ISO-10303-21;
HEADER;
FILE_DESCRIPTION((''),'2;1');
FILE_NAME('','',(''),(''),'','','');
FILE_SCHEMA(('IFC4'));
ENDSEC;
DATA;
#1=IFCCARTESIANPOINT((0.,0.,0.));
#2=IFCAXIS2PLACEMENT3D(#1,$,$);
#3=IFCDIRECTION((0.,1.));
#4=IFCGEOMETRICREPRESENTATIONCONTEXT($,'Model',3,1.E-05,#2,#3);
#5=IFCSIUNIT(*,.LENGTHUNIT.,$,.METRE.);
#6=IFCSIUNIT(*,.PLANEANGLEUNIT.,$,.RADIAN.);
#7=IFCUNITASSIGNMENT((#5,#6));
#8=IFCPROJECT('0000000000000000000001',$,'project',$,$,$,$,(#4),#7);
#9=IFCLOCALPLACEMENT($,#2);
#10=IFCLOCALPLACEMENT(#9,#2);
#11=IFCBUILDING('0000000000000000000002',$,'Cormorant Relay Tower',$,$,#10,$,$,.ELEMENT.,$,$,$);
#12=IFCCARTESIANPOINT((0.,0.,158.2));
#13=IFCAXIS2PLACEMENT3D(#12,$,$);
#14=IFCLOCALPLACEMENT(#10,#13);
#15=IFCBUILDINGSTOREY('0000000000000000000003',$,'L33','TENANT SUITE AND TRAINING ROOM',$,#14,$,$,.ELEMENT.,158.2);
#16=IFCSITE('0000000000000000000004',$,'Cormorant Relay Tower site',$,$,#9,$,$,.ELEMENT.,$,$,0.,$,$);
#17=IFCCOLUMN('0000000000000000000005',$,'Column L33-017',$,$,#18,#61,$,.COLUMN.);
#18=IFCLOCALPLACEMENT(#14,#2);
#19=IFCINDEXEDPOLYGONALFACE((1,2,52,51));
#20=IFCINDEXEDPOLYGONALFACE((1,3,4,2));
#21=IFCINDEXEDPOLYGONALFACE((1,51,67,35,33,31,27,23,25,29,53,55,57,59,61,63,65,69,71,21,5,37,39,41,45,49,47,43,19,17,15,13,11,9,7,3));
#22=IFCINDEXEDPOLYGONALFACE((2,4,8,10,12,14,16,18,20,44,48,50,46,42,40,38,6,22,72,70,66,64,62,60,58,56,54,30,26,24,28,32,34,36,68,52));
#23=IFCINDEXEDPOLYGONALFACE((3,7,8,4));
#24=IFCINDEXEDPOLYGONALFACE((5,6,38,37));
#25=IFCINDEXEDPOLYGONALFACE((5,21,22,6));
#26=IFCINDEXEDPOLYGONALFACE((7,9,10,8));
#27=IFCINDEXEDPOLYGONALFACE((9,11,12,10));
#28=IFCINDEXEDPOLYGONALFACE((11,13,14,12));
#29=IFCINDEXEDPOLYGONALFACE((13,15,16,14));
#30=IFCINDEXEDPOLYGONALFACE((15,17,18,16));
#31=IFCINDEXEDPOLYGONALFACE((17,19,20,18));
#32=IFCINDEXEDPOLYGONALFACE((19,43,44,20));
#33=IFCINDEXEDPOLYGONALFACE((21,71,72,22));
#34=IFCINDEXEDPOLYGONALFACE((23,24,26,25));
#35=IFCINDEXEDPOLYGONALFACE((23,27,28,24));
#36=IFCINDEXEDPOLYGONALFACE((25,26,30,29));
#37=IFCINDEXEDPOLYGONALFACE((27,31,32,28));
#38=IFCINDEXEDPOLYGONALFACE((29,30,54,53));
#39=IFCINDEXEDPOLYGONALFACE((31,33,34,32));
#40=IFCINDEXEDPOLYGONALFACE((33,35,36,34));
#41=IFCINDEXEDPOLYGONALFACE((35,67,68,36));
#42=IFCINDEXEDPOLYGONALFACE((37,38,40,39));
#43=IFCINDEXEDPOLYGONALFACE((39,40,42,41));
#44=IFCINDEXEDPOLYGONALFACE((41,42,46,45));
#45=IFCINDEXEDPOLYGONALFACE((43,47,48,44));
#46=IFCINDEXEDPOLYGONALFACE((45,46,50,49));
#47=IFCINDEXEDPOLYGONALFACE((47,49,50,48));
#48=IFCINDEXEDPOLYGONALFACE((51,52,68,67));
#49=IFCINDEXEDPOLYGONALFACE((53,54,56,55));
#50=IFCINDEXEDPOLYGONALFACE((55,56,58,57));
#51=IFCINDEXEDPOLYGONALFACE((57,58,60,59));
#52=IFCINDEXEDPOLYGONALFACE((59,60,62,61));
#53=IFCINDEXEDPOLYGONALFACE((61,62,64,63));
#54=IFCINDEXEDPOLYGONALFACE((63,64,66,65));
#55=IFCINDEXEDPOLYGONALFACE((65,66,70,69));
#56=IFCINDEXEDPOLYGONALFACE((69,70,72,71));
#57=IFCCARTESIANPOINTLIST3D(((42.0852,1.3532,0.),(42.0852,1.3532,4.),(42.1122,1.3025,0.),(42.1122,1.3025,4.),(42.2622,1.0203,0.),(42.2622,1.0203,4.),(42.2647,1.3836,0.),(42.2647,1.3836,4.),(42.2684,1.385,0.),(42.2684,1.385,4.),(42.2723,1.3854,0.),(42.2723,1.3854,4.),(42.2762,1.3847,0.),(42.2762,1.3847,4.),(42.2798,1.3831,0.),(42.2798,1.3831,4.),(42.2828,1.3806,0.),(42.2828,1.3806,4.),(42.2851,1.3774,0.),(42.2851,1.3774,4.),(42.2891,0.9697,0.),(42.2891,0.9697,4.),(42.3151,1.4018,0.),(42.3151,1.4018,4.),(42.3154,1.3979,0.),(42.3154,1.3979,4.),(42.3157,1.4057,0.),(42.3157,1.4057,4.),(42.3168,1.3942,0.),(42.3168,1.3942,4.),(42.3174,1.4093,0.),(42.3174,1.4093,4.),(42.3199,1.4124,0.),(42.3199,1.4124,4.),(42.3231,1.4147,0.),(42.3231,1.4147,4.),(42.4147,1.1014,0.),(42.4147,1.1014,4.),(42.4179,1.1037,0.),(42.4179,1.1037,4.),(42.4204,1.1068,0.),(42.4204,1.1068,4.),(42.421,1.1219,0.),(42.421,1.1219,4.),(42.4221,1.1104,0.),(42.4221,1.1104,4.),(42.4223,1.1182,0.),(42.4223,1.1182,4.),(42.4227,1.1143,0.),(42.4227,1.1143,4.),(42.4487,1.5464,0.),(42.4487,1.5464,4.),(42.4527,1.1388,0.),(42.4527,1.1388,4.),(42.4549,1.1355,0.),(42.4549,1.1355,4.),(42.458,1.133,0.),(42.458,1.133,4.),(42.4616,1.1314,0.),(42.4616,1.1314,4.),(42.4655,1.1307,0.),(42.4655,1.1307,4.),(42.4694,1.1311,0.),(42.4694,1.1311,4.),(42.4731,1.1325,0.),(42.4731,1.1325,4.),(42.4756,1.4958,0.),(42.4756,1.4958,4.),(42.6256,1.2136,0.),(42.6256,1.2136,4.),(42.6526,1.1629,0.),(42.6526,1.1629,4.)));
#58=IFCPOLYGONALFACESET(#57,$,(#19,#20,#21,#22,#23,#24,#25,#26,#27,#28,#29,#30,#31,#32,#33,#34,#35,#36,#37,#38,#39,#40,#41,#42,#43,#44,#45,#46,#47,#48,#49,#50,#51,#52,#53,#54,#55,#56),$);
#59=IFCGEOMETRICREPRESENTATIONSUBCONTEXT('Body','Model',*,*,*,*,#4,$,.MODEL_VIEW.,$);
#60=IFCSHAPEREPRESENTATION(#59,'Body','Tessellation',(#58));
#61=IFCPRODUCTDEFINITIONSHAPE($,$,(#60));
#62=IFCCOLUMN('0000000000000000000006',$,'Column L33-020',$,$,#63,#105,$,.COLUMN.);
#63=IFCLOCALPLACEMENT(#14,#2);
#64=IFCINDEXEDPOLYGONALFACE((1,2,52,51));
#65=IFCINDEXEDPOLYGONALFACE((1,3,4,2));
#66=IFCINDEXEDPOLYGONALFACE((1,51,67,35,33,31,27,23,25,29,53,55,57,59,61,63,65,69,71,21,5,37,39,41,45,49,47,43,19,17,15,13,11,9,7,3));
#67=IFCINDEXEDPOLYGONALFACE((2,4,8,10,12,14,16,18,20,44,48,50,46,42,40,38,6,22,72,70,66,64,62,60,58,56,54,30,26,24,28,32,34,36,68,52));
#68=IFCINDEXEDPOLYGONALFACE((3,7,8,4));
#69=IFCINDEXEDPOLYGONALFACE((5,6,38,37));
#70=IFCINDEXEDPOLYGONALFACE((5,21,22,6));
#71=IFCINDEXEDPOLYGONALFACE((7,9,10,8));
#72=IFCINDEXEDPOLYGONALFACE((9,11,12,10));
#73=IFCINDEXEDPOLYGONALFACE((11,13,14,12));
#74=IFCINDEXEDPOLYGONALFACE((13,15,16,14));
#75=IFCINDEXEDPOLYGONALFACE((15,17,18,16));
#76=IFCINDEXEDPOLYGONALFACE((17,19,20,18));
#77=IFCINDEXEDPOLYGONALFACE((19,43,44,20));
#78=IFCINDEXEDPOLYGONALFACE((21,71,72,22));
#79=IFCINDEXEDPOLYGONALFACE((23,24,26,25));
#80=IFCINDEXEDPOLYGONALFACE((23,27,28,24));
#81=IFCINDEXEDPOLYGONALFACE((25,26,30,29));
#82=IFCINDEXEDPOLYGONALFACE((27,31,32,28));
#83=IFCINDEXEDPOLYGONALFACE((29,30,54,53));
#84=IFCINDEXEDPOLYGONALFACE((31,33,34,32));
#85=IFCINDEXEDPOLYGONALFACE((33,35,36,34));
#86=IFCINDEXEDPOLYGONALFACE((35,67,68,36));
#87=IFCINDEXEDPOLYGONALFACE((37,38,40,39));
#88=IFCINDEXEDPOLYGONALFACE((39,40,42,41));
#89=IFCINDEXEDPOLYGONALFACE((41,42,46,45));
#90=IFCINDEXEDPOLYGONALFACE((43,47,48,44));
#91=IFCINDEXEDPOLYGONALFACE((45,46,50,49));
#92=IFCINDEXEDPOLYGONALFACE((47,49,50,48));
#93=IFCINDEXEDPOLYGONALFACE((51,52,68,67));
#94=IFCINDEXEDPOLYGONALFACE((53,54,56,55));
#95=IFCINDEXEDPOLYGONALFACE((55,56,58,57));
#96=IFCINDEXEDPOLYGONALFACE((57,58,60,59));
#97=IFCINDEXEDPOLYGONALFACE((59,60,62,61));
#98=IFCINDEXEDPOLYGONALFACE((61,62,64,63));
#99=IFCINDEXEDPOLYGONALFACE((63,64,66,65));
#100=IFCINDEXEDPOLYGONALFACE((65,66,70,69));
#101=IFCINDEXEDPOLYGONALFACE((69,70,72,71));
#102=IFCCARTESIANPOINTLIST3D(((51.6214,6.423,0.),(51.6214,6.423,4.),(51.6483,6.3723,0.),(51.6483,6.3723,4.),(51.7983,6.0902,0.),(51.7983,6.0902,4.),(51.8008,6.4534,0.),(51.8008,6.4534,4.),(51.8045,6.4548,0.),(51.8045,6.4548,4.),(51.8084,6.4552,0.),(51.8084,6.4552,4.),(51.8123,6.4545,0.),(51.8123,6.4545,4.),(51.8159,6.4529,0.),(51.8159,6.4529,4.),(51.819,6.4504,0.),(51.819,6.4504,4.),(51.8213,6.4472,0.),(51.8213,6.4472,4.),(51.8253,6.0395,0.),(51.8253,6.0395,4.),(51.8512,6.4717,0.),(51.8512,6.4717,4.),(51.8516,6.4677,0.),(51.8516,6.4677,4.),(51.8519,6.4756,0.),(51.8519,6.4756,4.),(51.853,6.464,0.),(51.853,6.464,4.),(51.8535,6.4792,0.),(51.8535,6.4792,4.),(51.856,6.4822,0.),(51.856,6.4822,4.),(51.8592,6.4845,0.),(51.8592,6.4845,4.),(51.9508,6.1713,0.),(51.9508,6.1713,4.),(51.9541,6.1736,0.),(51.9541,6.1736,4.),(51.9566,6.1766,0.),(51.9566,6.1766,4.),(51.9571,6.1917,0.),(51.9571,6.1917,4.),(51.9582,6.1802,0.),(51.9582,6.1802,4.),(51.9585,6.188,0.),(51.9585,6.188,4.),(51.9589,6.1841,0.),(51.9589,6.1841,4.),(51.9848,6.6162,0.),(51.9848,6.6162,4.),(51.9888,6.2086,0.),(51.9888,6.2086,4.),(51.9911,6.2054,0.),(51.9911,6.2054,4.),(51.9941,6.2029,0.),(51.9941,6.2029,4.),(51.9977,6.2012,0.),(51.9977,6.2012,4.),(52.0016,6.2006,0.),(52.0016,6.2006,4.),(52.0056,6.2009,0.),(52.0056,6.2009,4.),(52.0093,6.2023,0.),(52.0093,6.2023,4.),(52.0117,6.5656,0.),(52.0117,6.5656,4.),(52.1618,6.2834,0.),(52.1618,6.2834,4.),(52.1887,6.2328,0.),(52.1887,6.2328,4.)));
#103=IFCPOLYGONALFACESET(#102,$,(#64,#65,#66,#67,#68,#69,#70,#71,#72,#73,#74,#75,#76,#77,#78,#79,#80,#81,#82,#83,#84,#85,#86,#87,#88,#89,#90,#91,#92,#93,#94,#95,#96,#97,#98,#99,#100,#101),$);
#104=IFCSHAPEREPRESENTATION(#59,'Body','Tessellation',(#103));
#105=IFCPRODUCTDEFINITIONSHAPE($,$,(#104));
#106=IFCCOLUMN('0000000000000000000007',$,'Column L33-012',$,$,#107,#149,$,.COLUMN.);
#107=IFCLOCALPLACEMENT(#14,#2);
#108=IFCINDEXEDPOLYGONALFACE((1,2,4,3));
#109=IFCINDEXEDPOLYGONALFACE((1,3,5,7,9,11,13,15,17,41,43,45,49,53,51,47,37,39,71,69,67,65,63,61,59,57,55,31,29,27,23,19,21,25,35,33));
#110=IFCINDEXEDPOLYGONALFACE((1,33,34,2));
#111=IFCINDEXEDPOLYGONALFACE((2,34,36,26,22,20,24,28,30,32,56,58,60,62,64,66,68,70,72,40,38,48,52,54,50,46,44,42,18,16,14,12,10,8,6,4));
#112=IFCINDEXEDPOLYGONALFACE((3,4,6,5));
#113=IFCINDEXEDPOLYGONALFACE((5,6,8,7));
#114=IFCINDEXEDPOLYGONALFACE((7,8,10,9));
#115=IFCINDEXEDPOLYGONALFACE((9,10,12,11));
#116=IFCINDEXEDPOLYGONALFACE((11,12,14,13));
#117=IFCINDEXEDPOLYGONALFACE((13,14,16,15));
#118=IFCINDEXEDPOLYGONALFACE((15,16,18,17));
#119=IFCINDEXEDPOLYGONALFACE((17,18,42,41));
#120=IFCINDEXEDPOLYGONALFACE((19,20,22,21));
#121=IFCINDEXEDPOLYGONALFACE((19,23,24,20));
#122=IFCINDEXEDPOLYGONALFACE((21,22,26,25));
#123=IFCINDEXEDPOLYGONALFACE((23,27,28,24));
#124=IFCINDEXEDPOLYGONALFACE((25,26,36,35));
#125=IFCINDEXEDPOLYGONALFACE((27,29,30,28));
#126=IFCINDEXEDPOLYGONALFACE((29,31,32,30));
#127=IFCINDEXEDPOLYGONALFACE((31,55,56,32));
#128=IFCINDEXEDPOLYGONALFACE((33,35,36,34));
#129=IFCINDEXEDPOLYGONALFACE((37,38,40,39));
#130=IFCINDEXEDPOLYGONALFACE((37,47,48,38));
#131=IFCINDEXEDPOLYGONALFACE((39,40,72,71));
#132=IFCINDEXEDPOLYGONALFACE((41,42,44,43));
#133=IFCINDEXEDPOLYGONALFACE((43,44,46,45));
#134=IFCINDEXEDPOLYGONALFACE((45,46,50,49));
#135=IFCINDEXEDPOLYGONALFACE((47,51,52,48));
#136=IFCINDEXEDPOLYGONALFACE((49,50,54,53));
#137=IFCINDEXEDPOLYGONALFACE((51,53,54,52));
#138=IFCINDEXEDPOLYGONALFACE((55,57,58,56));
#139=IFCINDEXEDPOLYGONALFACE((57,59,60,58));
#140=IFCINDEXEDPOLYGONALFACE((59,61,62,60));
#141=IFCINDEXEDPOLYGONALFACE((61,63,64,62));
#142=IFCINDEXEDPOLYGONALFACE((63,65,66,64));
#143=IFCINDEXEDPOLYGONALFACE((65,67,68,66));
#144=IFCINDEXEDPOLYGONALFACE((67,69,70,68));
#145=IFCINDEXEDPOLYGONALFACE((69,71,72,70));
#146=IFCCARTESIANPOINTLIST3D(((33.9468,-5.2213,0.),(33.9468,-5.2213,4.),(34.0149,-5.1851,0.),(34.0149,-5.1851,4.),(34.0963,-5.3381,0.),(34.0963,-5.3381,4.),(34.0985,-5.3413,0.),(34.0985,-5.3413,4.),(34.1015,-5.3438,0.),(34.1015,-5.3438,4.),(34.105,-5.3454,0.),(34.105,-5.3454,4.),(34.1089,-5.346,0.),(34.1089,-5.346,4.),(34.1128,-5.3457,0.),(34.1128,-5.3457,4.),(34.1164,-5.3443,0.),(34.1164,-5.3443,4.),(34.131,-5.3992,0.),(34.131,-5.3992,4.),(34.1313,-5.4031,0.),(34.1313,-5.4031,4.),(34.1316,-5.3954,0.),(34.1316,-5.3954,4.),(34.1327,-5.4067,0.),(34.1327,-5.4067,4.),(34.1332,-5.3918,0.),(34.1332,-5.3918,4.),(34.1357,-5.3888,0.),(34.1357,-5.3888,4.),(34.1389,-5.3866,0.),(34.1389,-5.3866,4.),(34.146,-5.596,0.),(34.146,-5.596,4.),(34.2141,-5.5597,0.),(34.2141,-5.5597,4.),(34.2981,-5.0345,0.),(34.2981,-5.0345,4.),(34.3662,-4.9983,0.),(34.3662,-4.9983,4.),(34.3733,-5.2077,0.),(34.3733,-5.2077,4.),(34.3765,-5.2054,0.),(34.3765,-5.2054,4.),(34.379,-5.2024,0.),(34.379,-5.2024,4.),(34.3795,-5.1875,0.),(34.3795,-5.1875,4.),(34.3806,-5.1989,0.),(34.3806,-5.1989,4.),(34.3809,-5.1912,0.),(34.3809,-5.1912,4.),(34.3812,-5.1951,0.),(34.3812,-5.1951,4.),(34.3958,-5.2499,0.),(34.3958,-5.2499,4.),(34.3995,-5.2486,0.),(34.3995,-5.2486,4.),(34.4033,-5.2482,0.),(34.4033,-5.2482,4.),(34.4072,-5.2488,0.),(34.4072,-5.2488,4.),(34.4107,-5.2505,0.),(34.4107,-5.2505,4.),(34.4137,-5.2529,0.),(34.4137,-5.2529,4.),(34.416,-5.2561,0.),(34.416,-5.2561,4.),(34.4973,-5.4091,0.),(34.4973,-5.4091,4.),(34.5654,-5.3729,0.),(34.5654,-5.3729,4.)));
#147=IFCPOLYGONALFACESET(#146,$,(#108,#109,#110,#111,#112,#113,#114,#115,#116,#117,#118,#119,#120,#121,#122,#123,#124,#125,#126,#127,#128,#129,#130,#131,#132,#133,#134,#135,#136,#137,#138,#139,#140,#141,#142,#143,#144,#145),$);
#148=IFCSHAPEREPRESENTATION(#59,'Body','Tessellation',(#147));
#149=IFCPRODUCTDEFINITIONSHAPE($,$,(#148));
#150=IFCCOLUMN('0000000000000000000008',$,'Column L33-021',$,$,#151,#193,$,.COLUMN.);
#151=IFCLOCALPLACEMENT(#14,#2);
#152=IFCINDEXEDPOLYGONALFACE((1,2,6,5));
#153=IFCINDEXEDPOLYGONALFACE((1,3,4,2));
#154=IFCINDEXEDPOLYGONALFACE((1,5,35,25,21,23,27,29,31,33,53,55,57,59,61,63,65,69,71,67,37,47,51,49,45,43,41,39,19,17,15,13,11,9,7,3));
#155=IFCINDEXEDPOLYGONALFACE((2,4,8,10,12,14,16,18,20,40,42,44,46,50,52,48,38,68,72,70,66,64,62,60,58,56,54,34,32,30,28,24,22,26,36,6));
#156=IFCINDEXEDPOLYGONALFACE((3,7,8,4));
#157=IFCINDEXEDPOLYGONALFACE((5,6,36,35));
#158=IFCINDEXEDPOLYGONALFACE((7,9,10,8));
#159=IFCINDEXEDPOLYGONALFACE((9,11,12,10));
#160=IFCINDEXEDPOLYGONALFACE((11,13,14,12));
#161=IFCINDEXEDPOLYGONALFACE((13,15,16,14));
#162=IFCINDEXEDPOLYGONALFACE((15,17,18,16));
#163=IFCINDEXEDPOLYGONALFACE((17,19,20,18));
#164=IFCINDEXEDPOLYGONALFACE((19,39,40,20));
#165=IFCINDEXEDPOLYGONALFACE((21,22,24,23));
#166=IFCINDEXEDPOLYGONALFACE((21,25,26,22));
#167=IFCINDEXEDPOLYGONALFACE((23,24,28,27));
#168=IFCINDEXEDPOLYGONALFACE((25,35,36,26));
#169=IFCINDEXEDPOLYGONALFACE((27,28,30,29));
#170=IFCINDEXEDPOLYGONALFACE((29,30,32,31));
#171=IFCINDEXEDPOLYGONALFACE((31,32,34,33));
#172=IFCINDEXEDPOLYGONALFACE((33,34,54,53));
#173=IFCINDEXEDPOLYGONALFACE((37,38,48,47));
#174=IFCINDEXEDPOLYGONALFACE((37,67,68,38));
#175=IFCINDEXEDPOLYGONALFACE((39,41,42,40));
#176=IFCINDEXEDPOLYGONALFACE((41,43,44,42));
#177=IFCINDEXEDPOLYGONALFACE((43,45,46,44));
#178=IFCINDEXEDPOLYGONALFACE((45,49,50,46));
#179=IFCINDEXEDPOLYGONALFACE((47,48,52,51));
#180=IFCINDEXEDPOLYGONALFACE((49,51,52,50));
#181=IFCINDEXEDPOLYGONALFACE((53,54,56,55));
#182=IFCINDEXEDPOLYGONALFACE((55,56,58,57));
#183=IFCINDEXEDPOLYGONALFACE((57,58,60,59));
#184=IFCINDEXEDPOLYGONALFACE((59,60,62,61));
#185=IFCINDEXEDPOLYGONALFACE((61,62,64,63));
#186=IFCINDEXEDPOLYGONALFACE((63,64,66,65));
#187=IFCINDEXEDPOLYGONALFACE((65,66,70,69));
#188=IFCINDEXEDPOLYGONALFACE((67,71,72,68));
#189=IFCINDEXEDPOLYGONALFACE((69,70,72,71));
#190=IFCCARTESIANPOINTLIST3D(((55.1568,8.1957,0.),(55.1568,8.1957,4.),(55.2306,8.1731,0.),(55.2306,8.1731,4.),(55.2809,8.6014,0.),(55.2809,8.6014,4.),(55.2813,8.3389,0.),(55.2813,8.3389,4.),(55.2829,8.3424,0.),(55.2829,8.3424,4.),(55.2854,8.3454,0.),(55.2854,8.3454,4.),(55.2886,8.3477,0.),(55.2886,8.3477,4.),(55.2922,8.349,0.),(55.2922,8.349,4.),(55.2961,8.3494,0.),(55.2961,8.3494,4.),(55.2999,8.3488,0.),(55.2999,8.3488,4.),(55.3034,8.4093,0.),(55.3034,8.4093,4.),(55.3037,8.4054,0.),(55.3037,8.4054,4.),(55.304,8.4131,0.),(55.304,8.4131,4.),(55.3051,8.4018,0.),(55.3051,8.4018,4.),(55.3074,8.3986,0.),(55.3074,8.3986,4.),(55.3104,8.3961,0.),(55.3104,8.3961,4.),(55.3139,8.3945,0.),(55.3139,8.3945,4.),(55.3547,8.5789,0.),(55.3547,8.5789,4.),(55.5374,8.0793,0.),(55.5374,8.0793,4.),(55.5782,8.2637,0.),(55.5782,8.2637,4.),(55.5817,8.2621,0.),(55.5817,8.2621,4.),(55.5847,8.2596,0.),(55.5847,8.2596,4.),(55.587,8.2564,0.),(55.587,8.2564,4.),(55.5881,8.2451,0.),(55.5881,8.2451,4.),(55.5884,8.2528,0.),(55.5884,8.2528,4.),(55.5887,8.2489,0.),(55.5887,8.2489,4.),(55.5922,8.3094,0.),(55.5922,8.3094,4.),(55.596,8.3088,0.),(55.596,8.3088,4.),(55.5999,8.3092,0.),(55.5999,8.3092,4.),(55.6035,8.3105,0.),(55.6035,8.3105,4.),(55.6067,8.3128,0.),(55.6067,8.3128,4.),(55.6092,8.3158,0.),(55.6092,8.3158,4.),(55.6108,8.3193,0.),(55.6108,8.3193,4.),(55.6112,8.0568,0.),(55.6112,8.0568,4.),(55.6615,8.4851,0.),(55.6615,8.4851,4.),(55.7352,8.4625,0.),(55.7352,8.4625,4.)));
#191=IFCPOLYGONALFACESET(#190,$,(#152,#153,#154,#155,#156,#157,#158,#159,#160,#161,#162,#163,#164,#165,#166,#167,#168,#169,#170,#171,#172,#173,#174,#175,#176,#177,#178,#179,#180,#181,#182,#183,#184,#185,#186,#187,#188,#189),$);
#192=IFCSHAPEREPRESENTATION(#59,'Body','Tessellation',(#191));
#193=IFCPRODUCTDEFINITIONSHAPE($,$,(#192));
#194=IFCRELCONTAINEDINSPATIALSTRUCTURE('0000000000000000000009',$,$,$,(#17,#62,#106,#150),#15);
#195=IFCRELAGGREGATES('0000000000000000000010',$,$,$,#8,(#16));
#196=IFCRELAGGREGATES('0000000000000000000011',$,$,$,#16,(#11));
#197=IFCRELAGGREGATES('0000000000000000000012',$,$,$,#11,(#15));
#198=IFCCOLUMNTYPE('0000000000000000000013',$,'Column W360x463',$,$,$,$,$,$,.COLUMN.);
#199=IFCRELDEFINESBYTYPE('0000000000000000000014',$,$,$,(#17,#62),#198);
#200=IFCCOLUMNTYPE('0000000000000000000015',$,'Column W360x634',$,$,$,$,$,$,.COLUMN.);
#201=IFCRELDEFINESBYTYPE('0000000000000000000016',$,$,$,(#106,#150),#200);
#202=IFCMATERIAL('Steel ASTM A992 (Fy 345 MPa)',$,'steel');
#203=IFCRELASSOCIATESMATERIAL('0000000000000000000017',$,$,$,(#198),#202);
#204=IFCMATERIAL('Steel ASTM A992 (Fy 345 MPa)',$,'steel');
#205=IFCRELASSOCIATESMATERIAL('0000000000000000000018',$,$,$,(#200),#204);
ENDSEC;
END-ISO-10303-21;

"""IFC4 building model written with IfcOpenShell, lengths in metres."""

from ifc_helpers import new_model, si_unit, direction, frame, origin, origin_2d, place, context, subcontext, project, spatial, i_section, extrude, material, material_profile, profile_set, type_object, element, save


model = new_model("IFC4")

# Units and contexts
model_context = context("Model", 3, precision=1e-05, world=origin(), true_north=direction((0.0, 1.0)))
body_context = subcontext(model_context, "Body", "Model", "MODEL_VIEW")
ifc_project = project(units=[si_unit("LENGTHUNIT", "METRE"), si_unit("PLANEANGLEUNIT", "RADIAN")], contexts=[model_context])

# Site, building, storey
site_placement = place(None, origin())
site = spatial("IfcSite", under=ifc_project, at=site_placement, Name="Cormorant Relay Tower site", CompositionType="ELEMENT", RefElevation=0.0)
building_placement = place(site_placement, origin())
building = spatial("IfcBuilding", under=site, at=building_placement, Name="Cormorant Relay Tower", CompositionType="ELEMENT")
storey_placement = place(building_placement, frame((0.0, 0.0, 158.2)))
storey = spatial("IfcBuildingStorey", under=building, at=storey_placement, Name="L33", Description="TENANT SUITE AND TRAINING ROOM", CompositionType="ELEMENT", Elevation=158.2)

# Columns
ifc_material_1 = material(Name="Steel ASTM A992 (Fy 345 MPa)", Category="steel")
ifc_material_profile_1 = material_profile(ifc_material_1, i_section(OverallWidth=0.4116, OverallDepth=0.4343, WebThickness=0.0359, FlangeThickness=0.0574, FilletRadius=0.0151, at=origin_2d()), Name="W360x463")
ifc_profile_set_1 = profile_set([ifc_material_profile_1], Name="Steel ASTM A992 (Fy 345 MPa)")
column_type_1 = type_object("IfcColumnType", Name="Column W360x463", PredefinedType="COLUMN", material=ifc_profile_set_1)
for number, where, z_axis, x_axis, name in (
    (1, (42.3689, 1.2581, 0.0), (0.0, 0.0, 1.0), (0.882948, 0.469472, 0.0), "Column L33-017"),
    (2, (51.905, 6.3279, 0.0), (0.0, 0.0, 1.0), (0.882948, 0.469472, 0.0), "Column L33-020"),
):
    element("IfcColumn", number, at=place(storey_placement, frame(where, z_axis=z_axis, x_axis=x_axis)), inside=storey, type_object=column_type_1, Name=name, PredefinedType="COLUMN", context=body_context, shape_type="SweptSolid", body=[
        extrude(i_section(OverallWidth=0.4116, OverallDepth=0.4343, WebThickness=0.0359, FlangeThickness=0.0574, FilletRadius=0.0151, at=origin_2d()), origin(), (0.0, 0.0, 1.0), 4.0),
    ])
ifc_material_2 = material(Name="Steel ASTM A992 (Fy 345 MPa)", Category="steel")
ifc_material_profile_2 = material_profile(ifc_material_2, i_section(OverallWidth=0.4243, OverallDepth=0.4751, WebThickness=0.0479, FlangeThickness=0.0771, FilletRadius=0.0149, at=origin_2d()), Name="W360x634")
ifc_profile_set_2 = profile_set([ifc_material_profile_2], Name="Steel ASTM A992 (Fy 345 MPa)")
column_type_2 = type_object("IfcColumnType", Name="Column W360x634", PredefinedType="COLUMN", material=ifc_profile_set_2)
for number, where, z_axis, x_axis, name in (
    (3, (34.2561, -5.2971, 0.0), (0.0, 0.0, 1.0), (-0.469472, 0.882948, 0.0), "Column L33-012"),
    (4, (55.446, 8.3291, 0.0), (0.0, 0.0, 1.0), (0.292372, 0.956305, 0.0), "Column L33-021"),
):
    element("IfcColumn", number, at=place(storey_placement, frame(where, z_axis=z_axis, x_axis=x_axis)), inside=storey, type_object=column_type_2, Name=name, PredefinedType="COLUMN", context=body_context, shape_type="SweptSolid", body=[
        extrude(i_section(OverallWidth=0.4243, OverallDepth=0.4751, WebThickness=0.0479, FlangeThickness=0.0771, FilletRadius=0.0149, at=origin_2d()), origin(), (0.0, 0.0, 1.0), 4.0),
    ])

save(model, "model.ifc")
